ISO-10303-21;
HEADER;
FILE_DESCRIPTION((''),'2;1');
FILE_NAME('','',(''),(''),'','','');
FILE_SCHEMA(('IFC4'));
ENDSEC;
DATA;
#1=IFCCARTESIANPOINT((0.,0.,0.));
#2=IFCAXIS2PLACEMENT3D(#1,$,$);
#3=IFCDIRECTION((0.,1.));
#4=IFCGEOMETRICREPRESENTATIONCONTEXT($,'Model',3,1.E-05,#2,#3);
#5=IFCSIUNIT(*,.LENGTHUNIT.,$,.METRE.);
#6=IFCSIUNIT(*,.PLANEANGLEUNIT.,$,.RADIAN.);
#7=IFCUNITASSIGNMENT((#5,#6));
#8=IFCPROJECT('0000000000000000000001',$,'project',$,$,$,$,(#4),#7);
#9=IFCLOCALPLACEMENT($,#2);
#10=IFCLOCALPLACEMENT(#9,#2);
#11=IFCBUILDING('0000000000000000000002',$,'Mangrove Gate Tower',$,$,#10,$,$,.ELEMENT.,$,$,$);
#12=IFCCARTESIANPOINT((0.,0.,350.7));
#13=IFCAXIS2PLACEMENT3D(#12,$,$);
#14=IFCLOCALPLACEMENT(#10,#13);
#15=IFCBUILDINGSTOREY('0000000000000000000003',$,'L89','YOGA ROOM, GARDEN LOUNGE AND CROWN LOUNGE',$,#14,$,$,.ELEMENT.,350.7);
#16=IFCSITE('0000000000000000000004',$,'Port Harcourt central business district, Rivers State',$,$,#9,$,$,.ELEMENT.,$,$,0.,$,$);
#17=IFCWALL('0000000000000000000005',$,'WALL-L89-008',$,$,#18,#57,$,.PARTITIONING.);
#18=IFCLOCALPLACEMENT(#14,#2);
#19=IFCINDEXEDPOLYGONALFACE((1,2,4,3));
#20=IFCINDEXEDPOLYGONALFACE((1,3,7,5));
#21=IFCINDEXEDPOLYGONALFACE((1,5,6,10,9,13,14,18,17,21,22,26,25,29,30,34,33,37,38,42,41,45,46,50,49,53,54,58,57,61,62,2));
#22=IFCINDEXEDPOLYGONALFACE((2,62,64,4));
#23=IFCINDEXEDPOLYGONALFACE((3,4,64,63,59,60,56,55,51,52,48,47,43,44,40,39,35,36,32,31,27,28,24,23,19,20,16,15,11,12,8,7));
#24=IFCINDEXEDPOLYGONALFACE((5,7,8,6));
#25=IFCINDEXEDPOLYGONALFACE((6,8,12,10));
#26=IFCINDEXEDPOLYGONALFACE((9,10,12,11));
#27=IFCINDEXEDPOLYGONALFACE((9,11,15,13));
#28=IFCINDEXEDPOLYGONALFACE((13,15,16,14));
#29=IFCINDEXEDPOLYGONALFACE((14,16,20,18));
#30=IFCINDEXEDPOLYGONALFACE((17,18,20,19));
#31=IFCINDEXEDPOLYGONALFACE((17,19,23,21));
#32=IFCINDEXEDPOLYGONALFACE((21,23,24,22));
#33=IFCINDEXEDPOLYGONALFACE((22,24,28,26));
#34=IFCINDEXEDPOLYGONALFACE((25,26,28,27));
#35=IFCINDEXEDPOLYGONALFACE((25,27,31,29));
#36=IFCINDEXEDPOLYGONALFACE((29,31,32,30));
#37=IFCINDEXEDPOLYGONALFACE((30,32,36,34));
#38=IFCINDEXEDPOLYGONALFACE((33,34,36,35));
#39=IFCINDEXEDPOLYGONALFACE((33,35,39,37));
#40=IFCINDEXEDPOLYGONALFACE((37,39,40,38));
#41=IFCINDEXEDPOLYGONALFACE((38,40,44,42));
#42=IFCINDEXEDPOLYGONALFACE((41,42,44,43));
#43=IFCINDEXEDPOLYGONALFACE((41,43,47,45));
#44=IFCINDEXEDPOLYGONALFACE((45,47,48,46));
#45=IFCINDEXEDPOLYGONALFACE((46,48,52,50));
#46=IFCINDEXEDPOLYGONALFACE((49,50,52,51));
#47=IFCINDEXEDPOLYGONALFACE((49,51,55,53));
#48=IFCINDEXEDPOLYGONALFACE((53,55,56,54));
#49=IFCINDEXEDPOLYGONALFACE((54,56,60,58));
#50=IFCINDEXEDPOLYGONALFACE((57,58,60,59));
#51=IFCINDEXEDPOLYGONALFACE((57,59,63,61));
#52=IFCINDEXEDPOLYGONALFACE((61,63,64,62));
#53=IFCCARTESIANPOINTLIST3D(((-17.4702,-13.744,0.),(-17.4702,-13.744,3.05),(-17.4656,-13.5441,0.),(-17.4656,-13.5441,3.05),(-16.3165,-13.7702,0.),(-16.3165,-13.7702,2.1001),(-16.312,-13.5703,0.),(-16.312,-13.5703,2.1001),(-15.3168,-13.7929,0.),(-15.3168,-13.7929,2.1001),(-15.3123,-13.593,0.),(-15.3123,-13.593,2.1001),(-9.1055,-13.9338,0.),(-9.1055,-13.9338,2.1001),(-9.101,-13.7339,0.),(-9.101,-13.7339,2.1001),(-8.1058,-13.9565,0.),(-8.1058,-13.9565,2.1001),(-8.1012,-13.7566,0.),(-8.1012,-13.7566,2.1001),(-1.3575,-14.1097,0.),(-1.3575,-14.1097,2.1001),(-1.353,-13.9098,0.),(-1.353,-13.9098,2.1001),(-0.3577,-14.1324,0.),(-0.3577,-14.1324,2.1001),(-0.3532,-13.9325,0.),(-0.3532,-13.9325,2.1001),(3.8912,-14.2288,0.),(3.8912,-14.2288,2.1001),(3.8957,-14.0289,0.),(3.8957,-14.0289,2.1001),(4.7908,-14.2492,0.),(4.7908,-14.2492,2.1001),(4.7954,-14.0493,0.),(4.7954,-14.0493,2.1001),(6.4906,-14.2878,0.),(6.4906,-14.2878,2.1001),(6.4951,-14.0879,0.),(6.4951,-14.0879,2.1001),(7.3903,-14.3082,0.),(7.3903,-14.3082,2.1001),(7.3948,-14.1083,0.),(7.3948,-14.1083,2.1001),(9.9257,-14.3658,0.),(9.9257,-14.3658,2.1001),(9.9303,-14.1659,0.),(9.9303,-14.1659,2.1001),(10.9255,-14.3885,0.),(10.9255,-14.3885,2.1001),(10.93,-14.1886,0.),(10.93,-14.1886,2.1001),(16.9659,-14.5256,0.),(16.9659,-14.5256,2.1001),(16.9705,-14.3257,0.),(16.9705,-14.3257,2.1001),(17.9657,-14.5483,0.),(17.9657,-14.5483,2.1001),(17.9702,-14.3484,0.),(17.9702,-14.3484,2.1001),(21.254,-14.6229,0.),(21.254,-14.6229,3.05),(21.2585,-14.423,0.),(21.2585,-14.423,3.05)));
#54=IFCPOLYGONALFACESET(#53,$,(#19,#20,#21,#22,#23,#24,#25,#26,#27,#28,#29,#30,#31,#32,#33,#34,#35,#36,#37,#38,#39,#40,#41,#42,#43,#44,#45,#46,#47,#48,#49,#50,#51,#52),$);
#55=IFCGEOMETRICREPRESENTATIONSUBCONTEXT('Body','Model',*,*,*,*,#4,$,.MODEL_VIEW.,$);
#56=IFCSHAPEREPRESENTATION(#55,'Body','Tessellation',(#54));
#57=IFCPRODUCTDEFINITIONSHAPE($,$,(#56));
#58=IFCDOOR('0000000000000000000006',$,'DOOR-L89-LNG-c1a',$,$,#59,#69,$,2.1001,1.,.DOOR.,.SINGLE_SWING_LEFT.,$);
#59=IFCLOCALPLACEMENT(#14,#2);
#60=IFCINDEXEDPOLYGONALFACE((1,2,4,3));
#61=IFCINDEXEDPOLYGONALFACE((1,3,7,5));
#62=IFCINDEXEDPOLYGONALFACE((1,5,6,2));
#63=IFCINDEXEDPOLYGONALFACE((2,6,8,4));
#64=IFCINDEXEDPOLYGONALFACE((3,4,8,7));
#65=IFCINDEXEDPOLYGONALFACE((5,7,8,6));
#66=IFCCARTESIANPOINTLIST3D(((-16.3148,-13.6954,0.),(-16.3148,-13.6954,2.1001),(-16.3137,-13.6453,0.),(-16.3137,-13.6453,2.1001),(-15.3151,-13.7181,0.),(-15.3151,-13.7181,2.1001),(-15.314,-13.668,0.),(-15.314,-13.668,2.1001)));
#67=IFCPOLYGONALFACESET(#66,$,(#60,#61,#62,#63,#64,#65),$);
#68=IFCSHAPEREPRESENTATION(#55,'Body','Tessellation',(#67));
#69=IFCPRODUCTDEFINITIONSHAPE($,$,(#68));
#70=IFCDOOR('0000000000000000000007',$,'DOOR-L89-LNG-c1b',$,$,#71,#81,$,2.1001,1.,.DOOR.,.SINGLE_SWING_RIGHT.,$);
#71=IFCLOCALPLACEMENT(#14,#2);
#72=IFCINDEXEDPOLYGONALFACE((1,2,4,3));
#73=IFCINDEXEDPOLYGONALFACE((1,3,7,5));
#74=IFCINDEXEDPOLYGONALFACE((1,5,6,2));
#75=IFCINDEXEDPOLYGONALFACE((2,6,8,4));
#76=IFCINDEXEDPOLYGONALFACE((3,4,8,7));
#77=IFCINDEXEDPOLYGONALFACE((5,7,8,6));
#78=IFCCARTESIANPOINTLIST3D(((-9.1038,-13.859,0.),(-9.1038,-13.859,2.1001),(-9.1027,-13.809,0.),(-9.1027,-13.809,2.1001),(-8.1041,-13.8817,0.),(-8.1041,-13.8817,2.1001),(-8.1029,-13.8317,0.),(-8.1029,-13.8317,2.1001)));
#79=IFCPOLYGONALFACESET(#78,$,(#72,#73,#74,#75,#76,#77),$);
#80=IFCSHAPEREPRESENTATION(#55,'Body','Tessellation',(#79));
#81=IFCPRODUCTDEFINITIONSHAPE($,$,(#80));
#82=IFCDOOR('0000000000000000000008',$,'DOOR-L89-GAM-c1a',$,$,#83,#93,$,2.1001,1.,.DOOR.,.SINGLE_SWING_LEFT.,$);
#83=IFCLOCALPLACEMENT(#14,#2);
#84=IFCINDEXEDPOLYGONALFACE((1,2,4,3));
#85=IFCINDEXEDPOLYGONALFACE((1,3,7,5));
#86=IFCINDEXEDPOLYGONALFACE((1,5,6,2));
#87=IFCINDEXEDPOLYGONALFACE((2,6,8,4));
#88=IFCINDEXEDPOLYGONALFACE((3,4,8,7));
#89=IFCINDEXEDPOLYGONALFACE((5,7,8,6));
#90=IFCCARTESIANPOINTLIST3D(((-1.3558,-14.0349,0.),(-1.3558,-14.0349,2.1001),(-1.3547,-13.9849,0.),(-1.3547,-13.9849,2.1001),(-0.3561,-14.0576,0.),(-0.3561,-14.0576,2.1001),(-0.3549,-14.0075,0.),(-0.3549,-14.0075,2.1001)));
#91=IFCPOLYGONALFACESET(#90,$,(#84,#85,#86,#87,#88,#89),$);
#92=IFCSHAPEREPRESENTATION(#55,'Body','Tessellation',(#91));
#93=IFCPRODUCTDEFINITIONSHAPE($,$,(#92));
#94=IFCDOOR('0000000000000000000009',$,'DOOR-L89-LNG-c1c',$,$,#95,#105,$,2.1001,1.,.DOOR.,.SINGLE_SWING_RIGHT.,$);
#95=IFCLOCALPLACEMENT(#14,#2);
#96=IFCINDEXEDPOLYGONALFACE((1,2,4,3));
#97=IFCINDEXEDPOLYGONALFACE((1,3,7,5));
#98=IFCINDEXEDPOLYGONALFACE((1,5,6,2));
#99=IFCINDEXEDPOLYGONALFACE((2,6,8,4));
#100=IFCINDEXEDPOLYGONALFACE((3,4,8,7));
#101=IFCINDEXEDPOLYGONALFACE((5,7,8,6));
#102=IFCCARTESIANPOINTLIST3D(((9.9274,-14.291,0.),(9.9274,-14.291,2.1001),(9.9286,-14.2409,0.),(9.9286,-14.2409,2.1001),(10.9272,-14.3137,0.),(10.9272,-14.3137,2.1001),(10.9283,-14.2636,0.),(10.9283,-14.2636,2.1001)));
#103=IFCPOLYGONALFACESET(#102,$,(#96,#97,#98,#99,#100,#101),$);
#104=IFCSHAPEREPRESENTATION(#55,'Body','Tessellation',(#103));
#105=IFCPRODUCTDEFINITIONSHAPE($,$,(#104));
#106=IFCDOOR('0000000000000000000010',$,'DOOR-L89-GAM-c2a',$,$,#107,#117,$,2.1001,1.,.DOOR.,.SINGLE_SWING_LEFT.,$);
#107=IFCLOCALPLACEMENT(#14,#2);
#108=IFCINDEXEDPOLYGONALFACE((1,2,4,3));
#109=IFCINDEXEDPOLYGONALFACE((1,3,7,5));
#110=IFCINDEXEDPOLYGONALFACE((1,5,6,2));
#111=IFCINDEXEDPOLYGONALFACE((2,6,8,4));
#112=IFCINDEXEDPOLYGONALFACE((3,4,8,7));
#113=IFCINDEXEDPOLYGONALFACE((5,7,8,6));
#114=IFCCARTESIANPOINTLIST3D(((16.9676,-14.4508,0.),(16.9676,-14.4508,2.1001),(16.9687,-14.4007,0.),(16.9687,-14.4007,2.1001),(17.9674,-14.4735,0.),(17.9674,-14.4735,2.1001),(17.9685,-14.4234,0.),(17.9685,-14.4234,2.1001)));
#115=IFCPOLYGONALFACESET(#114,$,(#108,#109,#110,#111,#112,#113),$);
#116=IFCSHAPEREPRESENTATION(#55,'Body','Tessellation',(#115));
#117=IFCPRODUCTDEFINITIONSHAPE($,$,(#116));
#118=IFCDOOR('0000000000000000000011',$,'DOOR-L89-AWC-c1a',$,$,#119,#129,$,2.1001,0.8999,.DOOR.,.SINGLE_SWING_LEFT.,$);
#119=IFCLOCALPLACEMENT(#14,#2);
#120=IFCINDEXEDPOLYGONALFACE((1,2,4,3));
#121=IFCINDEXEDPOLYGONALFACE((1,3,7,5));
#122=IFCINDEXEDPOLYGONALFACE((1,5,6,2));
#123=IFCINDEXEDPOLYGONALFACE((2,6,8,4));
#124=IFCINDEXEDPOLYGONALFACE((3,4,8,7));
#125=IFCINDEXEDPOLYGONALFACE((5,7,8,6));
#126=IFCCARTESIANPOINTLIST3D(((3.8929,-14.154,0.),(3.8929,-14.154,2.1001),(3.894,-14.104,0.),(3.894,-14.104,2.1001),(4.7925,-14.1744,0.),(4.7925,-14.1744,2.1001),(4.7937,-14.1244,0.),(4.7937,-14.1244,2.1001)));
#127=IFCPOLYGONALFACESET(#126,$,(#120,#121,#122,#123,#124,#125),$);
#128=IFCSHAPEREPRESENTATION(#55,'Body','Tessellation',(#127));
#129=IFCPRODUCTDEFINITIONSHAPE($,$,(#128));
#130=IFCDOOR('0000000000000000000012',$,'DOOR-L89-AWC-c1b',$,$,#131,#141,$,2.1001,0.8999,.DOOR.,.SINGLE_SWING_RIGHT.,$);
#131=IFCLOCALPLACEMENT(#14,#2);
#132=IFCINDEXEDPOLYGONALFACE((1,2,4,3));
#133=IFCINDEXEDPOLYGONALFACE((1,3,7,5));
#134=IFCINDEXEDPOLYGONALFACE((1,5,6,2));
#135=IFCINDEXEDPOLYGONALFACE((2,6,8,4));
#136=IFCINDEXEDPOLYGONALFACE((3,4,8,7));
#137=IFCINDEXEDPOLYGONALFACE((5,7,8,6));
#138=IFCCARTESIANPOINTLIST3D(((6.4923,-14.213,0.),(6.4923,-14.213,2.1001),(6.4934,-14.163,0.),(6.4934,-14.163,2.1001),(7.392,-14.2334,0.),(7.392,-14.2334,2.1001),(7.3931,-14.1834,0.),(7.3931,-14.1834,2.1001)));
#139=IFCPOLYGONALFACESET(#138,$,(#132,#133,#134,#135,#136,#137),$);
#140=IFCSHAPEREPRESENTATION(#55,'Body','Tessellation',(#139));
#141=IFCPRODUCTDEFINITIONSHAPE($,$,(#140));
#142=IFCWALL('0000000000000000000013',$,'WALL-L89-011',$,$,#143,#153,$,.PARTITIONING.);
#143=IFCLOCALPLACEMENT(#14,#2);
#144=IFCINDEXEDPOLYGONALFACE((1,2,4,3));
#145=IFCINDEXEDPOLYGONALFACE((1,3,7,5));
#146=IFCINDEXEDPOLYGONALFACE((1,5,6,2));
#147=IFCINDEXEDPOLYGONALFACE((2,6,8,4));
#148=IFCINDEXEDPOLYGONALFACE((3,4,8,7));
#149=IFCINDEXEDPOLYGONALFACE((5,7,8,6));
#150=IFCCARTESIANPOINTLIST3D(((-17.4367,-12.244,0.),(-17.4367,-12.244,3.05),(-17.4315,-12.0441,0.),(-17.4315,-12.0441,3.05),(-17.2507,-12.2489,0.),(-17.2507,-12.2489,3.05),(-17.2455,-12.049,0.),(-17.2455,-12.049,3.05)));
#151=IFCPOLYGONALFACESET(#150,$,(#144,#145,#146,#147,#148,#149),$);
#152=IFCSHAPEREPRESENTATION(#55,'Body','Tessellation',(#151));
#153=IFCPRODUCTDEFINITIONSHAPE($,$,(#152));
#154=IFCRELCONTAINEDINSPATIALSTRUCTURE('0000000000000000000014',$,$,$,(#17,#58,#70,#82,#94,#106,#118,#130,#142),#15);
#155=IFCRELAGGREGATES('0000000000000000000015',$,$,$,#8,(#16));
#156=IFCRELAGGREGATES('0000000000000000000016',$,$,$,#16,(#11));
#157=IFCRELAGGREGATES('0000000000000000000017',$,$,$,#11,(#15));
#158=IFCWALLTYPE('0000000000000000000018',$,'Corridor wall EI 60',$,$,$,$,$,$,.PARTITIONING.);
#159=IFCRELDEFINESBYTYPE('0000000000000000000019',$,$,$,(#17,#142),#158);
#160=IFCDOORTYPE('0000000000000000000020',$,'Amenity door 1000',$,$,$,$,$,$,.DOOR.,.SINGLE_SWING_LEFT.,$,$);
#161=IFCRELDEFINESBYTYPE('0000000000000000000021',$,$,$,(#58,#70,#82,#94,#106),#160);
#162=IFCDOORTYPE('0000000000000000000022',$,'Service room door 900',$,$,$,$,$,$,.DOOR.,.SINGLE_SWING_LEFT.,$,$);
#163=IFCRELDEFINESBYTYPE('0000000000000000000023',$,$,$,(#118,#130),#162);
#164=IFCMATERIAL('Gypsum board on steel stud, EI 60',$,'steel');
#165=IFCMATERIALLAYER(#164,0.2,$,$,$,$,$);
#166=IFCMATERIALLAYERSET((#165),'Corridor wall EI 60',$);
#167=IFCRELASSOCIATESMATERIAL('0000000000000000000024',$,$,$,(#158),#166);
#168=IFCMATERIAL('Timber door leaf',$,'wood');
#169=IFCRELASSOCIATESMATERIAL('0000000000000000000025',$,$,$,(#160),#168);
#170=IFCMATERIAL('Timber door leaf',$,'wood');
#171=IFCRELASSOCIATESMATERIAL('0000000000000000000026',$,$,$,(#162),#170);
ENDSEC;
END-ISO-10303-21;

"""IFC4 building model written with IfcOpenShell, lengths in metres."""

from ifc_helpers import new_model, si_unit, direction, frame, frame_2d, origin, place, context, subcontext, project, spatial, rectangle, extrude, material, layer, layer_set, type_object, element, fill, save


model = new_model("IFC4")

# Units and contexts
model_context = context("Model", 3, precision=1e-05, world=origin(), true_north=direction((0.0, 1.0)))
body_context = subcontext(model_context, "Body", "Model", "MODEL_VIEW")
ifc_project = project(units=[si_unit("LENGTHUNIT", "METRE"), si_unit("PLANEANGLEUNIT", "RADIAN")], contexts=[model_context])

# Site, building, storey
site_placement = place(None, origin())
site = spatial("IfcSite", under=ifc_project, at=site_placement, Name="Port Harcourt central business district, Rivers State", CompositionType="ELEMENT", RefElevation=0.0)
building_placement = place(site_placement, origin())
building = spatial("IfcBuilding", under=site, at=building_placement, Name="Mangrove Gate Tower", CompositionType="ELEMENT")
storey_placement = place(building_placement, frame((0.0, 0.0, 350.7)))
storey = spatial("IfcBuildingStorey", under=building, at=storey_placement, Name="L89", Description="YOGA ROOM, GARDEN LOUNGE AND CROWN LOUNGE", CompositionType="ELEMENT", Elevation=350.7)

# Shared definitions
ifc_material_1 = material(Name="Gypsum board on steel stud, EI 60", Category="steel")
ifc_layer_1 = layer(ifc_material_1, 0.2)
ifc_layer_set_1 = layer_set([ifc_layer_1], Name="Corridor wall EI 60")
wall_type_1 = type_object("IfcWallType", Name="Corridor wall EI 60", PredefinedType="PARTITIONING", material=ifc_layer_set_1)

# Wall, openings, doors
wall_1_placement = place(storey_placement, frame((-17.468, -13.644, 0.0), z_axis=(0.0, 0.0, 1.0), x_axis=(0.999743, -0.022691, 0.0)))
wall_1 = element("IfcWall", 1, at=wall_1_placement, inside=storey, type_object=wall_type_1, Name="WALL-L89-008", PredefinedType="PARTITIONING", context=body_context, shape_type="SweptSolid", body=[
    extrude(rectangle(XDim=38.7341, YDim=0.2, at=frame_2d((19.3672, 0.0))), origin(), (0.0, 0.0, 1.0), 3.05),
])
opening_1_placement = place(wall_1_placement, frame((1.1541, 0.0, 0.0)))
opening_1 = element("IfcOpeningElement", 2, at=opening_1_placement, cuts=wall_1, PredefinedType="OPENING", context=body_context, shape_type="SweptSolid", body=[
    extrude(rectangle(XDim=1.0, YDim=2.1001, at=frame_2d((0.5, 1.05))), frame((0.0, 0.1099, 0.0), z_axis=(0.0, -1.0, 0.0), x_axis=(1.0, 0.0, 0.0)), (0.0, 0.0, 1.0), 0.22),
])
opening_2_placement = place(wall_1_placement, frame((8.3669, 0.0, 0.0)))
opening_2 = element("IfcOpeningElement", 3, at=opening_2_placement, cuts=wall_1, PredefinedType="OPENING", context=body_context, shape_type="SweptSolid", body=[
    extrude(rectangle(XDim=1.0, YDim=2.1001, at=frame_2d((0.5, 1.05))), frame((0.0, 0.1099, 0.0), z_axis=(0.0, -1.0, 0.0), x_axis=(1.0, 0.0, 0.0)), (0.0, 0.0, 1.0), 0.22),
])
opening_3_placement = place(wall_1_placement, frame((16.1169, 0.0, 0.0)))
opening_3 = element("IfcOpeningElement", 4, at=opening_3_placement, cuts=wall_1, PredefinedType="OPENING", context=body_context, shape_type="SweptSolid", body=[
    extrude(rectangle(XDim=1.0, YDim=2.1001, at=frame_2d((0.5, 1.05))), frame((0.0, 0.1099, 0.0), z_axis=(0.0, -1.0, 0.0), x_axis=(1.0, 0.0, 0.0)), (0.0, 0.0, 1.0), 0.22),
])
opening_4_placement = place(wall_1_placement, frame((21.3669, 0.0, 0.0)))
opening_4 = element("IfcOpeningElement", 5, at=opening_4_placement, cuts=wall_1, PredefinedType="OPENING", context=body_context, shape_type="SweptSolid", body=[
    extrude(rectangle(XDim=0.8999, YDim=2.1001, at=frame_2d((0.45, 1.05))), frame((0.0, 0.1099, 0.0), z_axis=(0.0, -1.0, 0.0), x_axis=(1.0, 0.0, 0.0)), (0.0, 0.0, 1.0), 0.22),
])
opening_5_placement = place(wall_1_placement, frame((27.4031, 0.0, 0.0)))
opening_5 = element("IfcOpeningElement", 6, at=opening_5_placement, cuts=wall_1, PredefinedType="OPENING", context=body_context, shape_type="SweptSolid", body=[
    extrude(rectangle(XDim=1.0, YDim=2.1001, at=frame_2d((0.5, 1.05))), frame((0.0, 0.1099, 0.0), z_axis=(0.0, -1.0, 0.0), x_axis=(1.0, 0.0, 0.0)), (0.0, 0.0, 1.0), 0.22),
])
opening_6_placement = place(wall_1_placement, frame((23.967, 0.0, 0.0)))
opening_6 = element("IfcOpeningElement", 7, at=opening_6_placement, cuts=wall_1, PredefinedType="OPENING", context=body_context, shape_type="SweptSolid", body=[
    extrude(rectangle(XDim=0.8999, YDim=2.1001, at=frame_2d((0.45, 1.05))), frame((0.0, 0.1099, 0.0), z_axis=(0.0, -1.0, 0.0), x_axis=(1.0, 0.0, 0.0)), (0.0, 0.0, 1.0), 0.22),
])
opening_7_placement = place(wall_1_placement, frame((34.4451, 0.0, 0.0)))
opening_7 = element("IfcOpeningElement", 8, at=opening_7_placement, cuts=wall_1, PredefinedType="OPENING", context=body_context, shape_type="SweptSolid", body=[
    extrude(rectangle(XDim=1.0, YDim=2.1001, at=frame_2d((0.5, 1.05))), frame((0.0, 0.1099, 0.0), z_axis=(0.0, -1.0, 0.0), x_axis=(1.0, 0.0, 0.0)), (0.0, 0.0, 1.0), 0.22),
])
ifc_material_2 = material(Name="Timber door leaf", Category="wood")
door_type_1 = type_object("IfcDoorType", Name="Amenity door 1000", OperationType="SINGLE_SWING_LEFT", PredefinedType="DOOR", material=ifc_material_2)
door_1_placement = place(opening_1_placement, origin())
door_1 = element("IfcDoor", 9, at=door_1_placement, inside=storey, type_object=door_type_1, Name="DOOR-L89-LNG-c1a", OperationType="SINGLE_SWING_LEFT", OverallHeight=2.1001, OverallWidth=1.0, PredefinedType="DOOR", context=body_context, shape_type="SweptSolid", body=[
    extrude(rectangle(XDim=1.0, YDim=2.1001, at=frame_2d((0.5, 1.05))), frame((0.0, 0.0249, 0.0), z_axis=(0.0, -1.0, 0.0), x_axis=(1.0, 0.0, 0.0)), (0.0, 0.0, 1.0), 0.05),
])
fill(opening_1, door_1)
door_2_placement = place(opening_2_placement, origin())
door_2 = element("IfcDoor", 10, at=door_2_placement, inside=storey, type_object=door_type_1, Name="DOOR-L89-LNG-c1b", OperationType="SINGLE_SWING_RIGHT", OverallHeight=2.1001, OverallWidth=1.0, PredefinedType="DOOR", context=body_context, shape_type="SweptSolid", body=[
    extrude(rectangle(XDim=1.0, YDim=2.1001, at=frame_2d((0.5, 1.05))), frame((0.0, 0.0249, 0.0), z_axis=(0.0, -1.0, 0.0), x_axis=(1.0, 0.0, 0.0)), (0.0, 0.0, 1.0), 0.05),
])
fill(opening_2, door_2)
door_3_placement = place(opening_3_placement, origin())
door_3 = element("IfcDoor", 11, at=door_3_placement, inside=storey, type_object=door_type_1, Name="DOOR-L89-GAM-c1a", OperationType="SINGLE_SWING_LEFT", OverallHeight=2.1001, OverallWidth=1.0, PredefinedType="DOOR", context=body_context, shape_type="SweptSolid", body=[
    extrude(rectangle(XDim=1.0, YDim=2.1001, at=frame_2d((0.5, 1.05))), frame((0.0, 0.0249, 0.0), z_axis=(0.0, -1.0, 0.0), x_axis=(1.0, 0.0, 0.0)), (0.0, 0.0, 1.0), 0.05),
])
fill(opening_3, door_3)
door_4_placement = place(opening_5_placement, origin())
door_4 = element("IfcDoor", 12, at=door_4_placement, inside=storey, type_object=door_type_1, Name="DOOR-L89-LNG-c1c", OperationType="SINGLE_SWING_RIGHT", OverallHeight=2.1001, OverallWidth=1.0, PredefinedType="DOOR", context=body_context, shape_type="SweptSolid", body=[
    extrude(rectangle(XDim=1.0, YDim=2.1001, at=frame_2d((0.5, 1.05))), frame((0.0, 0.0249, 0.0), z_axis=(0.0, -1.0, 0.0), x_axis=(1.0, 0.0, 0.0)), (0.0, 0.0, 1.0), 0.05),
])
fill(opening_5, door_4)
door_5_placement = place(opening_7_placement, origin())
door_5 = element("IfcDoor", 13, at=door_5_placement, inside=storey, type_object=door_type_1, Name="DOOR-L89-GAM-c2a", OperationType="SINGLE_SWING_LEFT", OverallHeight=2.1001, OverallWidth=1.0, PredefinedType="DOOR", context=body_context, shape_type="SweptSolid", body=[
    extrude(rectangle(XDim=1.0, YDim=2.1001, at=frame_2d((0.5, 1.05))), frame((0.0, 0.0249, 0.0), z_axis=(0.0, -1.0, 0.0), x_axis=(1.0, 0.0, 0.0)), (0.0, 0.0, 1.0), 0.05),
])
fill(opening_7, door_5)
ifc_material_3 = material(Name="Timber door leaf", Category="wood")
door_type_2 = type_object("IfcDoorType", Name="Service room door 900", OperationType="SINGLE_SWING_LEFT", PredefinedType="DOOR", material=ifc_material_3)
door_6_placement = place(opening_4_placement, origin())
door_6 = element("IfcDoor", 14, at=door_6_placement, inside=storey, type_object=door_type_2, Name="DOOR-L89-AWC-c1a", OperationType="SINGLE_SWING_LEFT", OverallHeight=2.1001, OverallWidth=0.8999, PredefinedType="DOOR", context=body_context, shape_type="SweptSolid", body=[
    extrude(rectangle(XDim=0.8999, YDim=2.1001, at=frame_2d((0.45, 1.05))), frame((0.0, 0.0249, 0.0), z_axis=(0.0, -1.0, 0.0), x_axis=(1.0, 0.0, 0.0)), (0.0, 0.0, 1.0), 0.05),
])
fill(opening_4, door_6)
door_7_placement = place(opening_6_placement, origin())
door_7 = element("IfcDoor", 15, at=door_7_placement, inside=storey, type_object=door_type_2, Name="DOOR-L89-AWC-c1b", OperationType="SINGLE_SWING_RIGHT", OverallHeight=2.1001, OverallWidth=0.8999, PredefinedType="DOOR", context=body_context, shape_type="SweptSolid", body=[
    extrude(rectangle(XDim=0.8999, YDim=2.1001, at=frame_2d((0.45, 1.05))), frame((0.0, 0.0249, 0.0), z_axis=(0.0, -1.0, 0.0), x_axis=(1.0, 0.0, 0.0)), (0.0, 0.0, 1.0), 0.05),
])
fill(opening_6, door_7)

# Wall
wall_2_placement = place(storey_placement, frame((-17.4341, -12.144, 0.0), z_axis=(0.0, 0.0, 1.0), x_axis=(0.999656, -0.026238, 0.0)))
element("IfcWall", 16, at=wall_2_placement, inside=storey, type_object=wall_type_1, Name="WALL-L89-011", PredefinedType="PARTITIONING", context=body_context, shape_type="SweptSolid", body=[
    extrude(rectangle(XDim=0.186, YDim=0.2, at=frame_2d((0.093, 0.0))), origin(), (0.0, 0.0, 1.0), 3.05),
])

save(model, "model.ifc")
